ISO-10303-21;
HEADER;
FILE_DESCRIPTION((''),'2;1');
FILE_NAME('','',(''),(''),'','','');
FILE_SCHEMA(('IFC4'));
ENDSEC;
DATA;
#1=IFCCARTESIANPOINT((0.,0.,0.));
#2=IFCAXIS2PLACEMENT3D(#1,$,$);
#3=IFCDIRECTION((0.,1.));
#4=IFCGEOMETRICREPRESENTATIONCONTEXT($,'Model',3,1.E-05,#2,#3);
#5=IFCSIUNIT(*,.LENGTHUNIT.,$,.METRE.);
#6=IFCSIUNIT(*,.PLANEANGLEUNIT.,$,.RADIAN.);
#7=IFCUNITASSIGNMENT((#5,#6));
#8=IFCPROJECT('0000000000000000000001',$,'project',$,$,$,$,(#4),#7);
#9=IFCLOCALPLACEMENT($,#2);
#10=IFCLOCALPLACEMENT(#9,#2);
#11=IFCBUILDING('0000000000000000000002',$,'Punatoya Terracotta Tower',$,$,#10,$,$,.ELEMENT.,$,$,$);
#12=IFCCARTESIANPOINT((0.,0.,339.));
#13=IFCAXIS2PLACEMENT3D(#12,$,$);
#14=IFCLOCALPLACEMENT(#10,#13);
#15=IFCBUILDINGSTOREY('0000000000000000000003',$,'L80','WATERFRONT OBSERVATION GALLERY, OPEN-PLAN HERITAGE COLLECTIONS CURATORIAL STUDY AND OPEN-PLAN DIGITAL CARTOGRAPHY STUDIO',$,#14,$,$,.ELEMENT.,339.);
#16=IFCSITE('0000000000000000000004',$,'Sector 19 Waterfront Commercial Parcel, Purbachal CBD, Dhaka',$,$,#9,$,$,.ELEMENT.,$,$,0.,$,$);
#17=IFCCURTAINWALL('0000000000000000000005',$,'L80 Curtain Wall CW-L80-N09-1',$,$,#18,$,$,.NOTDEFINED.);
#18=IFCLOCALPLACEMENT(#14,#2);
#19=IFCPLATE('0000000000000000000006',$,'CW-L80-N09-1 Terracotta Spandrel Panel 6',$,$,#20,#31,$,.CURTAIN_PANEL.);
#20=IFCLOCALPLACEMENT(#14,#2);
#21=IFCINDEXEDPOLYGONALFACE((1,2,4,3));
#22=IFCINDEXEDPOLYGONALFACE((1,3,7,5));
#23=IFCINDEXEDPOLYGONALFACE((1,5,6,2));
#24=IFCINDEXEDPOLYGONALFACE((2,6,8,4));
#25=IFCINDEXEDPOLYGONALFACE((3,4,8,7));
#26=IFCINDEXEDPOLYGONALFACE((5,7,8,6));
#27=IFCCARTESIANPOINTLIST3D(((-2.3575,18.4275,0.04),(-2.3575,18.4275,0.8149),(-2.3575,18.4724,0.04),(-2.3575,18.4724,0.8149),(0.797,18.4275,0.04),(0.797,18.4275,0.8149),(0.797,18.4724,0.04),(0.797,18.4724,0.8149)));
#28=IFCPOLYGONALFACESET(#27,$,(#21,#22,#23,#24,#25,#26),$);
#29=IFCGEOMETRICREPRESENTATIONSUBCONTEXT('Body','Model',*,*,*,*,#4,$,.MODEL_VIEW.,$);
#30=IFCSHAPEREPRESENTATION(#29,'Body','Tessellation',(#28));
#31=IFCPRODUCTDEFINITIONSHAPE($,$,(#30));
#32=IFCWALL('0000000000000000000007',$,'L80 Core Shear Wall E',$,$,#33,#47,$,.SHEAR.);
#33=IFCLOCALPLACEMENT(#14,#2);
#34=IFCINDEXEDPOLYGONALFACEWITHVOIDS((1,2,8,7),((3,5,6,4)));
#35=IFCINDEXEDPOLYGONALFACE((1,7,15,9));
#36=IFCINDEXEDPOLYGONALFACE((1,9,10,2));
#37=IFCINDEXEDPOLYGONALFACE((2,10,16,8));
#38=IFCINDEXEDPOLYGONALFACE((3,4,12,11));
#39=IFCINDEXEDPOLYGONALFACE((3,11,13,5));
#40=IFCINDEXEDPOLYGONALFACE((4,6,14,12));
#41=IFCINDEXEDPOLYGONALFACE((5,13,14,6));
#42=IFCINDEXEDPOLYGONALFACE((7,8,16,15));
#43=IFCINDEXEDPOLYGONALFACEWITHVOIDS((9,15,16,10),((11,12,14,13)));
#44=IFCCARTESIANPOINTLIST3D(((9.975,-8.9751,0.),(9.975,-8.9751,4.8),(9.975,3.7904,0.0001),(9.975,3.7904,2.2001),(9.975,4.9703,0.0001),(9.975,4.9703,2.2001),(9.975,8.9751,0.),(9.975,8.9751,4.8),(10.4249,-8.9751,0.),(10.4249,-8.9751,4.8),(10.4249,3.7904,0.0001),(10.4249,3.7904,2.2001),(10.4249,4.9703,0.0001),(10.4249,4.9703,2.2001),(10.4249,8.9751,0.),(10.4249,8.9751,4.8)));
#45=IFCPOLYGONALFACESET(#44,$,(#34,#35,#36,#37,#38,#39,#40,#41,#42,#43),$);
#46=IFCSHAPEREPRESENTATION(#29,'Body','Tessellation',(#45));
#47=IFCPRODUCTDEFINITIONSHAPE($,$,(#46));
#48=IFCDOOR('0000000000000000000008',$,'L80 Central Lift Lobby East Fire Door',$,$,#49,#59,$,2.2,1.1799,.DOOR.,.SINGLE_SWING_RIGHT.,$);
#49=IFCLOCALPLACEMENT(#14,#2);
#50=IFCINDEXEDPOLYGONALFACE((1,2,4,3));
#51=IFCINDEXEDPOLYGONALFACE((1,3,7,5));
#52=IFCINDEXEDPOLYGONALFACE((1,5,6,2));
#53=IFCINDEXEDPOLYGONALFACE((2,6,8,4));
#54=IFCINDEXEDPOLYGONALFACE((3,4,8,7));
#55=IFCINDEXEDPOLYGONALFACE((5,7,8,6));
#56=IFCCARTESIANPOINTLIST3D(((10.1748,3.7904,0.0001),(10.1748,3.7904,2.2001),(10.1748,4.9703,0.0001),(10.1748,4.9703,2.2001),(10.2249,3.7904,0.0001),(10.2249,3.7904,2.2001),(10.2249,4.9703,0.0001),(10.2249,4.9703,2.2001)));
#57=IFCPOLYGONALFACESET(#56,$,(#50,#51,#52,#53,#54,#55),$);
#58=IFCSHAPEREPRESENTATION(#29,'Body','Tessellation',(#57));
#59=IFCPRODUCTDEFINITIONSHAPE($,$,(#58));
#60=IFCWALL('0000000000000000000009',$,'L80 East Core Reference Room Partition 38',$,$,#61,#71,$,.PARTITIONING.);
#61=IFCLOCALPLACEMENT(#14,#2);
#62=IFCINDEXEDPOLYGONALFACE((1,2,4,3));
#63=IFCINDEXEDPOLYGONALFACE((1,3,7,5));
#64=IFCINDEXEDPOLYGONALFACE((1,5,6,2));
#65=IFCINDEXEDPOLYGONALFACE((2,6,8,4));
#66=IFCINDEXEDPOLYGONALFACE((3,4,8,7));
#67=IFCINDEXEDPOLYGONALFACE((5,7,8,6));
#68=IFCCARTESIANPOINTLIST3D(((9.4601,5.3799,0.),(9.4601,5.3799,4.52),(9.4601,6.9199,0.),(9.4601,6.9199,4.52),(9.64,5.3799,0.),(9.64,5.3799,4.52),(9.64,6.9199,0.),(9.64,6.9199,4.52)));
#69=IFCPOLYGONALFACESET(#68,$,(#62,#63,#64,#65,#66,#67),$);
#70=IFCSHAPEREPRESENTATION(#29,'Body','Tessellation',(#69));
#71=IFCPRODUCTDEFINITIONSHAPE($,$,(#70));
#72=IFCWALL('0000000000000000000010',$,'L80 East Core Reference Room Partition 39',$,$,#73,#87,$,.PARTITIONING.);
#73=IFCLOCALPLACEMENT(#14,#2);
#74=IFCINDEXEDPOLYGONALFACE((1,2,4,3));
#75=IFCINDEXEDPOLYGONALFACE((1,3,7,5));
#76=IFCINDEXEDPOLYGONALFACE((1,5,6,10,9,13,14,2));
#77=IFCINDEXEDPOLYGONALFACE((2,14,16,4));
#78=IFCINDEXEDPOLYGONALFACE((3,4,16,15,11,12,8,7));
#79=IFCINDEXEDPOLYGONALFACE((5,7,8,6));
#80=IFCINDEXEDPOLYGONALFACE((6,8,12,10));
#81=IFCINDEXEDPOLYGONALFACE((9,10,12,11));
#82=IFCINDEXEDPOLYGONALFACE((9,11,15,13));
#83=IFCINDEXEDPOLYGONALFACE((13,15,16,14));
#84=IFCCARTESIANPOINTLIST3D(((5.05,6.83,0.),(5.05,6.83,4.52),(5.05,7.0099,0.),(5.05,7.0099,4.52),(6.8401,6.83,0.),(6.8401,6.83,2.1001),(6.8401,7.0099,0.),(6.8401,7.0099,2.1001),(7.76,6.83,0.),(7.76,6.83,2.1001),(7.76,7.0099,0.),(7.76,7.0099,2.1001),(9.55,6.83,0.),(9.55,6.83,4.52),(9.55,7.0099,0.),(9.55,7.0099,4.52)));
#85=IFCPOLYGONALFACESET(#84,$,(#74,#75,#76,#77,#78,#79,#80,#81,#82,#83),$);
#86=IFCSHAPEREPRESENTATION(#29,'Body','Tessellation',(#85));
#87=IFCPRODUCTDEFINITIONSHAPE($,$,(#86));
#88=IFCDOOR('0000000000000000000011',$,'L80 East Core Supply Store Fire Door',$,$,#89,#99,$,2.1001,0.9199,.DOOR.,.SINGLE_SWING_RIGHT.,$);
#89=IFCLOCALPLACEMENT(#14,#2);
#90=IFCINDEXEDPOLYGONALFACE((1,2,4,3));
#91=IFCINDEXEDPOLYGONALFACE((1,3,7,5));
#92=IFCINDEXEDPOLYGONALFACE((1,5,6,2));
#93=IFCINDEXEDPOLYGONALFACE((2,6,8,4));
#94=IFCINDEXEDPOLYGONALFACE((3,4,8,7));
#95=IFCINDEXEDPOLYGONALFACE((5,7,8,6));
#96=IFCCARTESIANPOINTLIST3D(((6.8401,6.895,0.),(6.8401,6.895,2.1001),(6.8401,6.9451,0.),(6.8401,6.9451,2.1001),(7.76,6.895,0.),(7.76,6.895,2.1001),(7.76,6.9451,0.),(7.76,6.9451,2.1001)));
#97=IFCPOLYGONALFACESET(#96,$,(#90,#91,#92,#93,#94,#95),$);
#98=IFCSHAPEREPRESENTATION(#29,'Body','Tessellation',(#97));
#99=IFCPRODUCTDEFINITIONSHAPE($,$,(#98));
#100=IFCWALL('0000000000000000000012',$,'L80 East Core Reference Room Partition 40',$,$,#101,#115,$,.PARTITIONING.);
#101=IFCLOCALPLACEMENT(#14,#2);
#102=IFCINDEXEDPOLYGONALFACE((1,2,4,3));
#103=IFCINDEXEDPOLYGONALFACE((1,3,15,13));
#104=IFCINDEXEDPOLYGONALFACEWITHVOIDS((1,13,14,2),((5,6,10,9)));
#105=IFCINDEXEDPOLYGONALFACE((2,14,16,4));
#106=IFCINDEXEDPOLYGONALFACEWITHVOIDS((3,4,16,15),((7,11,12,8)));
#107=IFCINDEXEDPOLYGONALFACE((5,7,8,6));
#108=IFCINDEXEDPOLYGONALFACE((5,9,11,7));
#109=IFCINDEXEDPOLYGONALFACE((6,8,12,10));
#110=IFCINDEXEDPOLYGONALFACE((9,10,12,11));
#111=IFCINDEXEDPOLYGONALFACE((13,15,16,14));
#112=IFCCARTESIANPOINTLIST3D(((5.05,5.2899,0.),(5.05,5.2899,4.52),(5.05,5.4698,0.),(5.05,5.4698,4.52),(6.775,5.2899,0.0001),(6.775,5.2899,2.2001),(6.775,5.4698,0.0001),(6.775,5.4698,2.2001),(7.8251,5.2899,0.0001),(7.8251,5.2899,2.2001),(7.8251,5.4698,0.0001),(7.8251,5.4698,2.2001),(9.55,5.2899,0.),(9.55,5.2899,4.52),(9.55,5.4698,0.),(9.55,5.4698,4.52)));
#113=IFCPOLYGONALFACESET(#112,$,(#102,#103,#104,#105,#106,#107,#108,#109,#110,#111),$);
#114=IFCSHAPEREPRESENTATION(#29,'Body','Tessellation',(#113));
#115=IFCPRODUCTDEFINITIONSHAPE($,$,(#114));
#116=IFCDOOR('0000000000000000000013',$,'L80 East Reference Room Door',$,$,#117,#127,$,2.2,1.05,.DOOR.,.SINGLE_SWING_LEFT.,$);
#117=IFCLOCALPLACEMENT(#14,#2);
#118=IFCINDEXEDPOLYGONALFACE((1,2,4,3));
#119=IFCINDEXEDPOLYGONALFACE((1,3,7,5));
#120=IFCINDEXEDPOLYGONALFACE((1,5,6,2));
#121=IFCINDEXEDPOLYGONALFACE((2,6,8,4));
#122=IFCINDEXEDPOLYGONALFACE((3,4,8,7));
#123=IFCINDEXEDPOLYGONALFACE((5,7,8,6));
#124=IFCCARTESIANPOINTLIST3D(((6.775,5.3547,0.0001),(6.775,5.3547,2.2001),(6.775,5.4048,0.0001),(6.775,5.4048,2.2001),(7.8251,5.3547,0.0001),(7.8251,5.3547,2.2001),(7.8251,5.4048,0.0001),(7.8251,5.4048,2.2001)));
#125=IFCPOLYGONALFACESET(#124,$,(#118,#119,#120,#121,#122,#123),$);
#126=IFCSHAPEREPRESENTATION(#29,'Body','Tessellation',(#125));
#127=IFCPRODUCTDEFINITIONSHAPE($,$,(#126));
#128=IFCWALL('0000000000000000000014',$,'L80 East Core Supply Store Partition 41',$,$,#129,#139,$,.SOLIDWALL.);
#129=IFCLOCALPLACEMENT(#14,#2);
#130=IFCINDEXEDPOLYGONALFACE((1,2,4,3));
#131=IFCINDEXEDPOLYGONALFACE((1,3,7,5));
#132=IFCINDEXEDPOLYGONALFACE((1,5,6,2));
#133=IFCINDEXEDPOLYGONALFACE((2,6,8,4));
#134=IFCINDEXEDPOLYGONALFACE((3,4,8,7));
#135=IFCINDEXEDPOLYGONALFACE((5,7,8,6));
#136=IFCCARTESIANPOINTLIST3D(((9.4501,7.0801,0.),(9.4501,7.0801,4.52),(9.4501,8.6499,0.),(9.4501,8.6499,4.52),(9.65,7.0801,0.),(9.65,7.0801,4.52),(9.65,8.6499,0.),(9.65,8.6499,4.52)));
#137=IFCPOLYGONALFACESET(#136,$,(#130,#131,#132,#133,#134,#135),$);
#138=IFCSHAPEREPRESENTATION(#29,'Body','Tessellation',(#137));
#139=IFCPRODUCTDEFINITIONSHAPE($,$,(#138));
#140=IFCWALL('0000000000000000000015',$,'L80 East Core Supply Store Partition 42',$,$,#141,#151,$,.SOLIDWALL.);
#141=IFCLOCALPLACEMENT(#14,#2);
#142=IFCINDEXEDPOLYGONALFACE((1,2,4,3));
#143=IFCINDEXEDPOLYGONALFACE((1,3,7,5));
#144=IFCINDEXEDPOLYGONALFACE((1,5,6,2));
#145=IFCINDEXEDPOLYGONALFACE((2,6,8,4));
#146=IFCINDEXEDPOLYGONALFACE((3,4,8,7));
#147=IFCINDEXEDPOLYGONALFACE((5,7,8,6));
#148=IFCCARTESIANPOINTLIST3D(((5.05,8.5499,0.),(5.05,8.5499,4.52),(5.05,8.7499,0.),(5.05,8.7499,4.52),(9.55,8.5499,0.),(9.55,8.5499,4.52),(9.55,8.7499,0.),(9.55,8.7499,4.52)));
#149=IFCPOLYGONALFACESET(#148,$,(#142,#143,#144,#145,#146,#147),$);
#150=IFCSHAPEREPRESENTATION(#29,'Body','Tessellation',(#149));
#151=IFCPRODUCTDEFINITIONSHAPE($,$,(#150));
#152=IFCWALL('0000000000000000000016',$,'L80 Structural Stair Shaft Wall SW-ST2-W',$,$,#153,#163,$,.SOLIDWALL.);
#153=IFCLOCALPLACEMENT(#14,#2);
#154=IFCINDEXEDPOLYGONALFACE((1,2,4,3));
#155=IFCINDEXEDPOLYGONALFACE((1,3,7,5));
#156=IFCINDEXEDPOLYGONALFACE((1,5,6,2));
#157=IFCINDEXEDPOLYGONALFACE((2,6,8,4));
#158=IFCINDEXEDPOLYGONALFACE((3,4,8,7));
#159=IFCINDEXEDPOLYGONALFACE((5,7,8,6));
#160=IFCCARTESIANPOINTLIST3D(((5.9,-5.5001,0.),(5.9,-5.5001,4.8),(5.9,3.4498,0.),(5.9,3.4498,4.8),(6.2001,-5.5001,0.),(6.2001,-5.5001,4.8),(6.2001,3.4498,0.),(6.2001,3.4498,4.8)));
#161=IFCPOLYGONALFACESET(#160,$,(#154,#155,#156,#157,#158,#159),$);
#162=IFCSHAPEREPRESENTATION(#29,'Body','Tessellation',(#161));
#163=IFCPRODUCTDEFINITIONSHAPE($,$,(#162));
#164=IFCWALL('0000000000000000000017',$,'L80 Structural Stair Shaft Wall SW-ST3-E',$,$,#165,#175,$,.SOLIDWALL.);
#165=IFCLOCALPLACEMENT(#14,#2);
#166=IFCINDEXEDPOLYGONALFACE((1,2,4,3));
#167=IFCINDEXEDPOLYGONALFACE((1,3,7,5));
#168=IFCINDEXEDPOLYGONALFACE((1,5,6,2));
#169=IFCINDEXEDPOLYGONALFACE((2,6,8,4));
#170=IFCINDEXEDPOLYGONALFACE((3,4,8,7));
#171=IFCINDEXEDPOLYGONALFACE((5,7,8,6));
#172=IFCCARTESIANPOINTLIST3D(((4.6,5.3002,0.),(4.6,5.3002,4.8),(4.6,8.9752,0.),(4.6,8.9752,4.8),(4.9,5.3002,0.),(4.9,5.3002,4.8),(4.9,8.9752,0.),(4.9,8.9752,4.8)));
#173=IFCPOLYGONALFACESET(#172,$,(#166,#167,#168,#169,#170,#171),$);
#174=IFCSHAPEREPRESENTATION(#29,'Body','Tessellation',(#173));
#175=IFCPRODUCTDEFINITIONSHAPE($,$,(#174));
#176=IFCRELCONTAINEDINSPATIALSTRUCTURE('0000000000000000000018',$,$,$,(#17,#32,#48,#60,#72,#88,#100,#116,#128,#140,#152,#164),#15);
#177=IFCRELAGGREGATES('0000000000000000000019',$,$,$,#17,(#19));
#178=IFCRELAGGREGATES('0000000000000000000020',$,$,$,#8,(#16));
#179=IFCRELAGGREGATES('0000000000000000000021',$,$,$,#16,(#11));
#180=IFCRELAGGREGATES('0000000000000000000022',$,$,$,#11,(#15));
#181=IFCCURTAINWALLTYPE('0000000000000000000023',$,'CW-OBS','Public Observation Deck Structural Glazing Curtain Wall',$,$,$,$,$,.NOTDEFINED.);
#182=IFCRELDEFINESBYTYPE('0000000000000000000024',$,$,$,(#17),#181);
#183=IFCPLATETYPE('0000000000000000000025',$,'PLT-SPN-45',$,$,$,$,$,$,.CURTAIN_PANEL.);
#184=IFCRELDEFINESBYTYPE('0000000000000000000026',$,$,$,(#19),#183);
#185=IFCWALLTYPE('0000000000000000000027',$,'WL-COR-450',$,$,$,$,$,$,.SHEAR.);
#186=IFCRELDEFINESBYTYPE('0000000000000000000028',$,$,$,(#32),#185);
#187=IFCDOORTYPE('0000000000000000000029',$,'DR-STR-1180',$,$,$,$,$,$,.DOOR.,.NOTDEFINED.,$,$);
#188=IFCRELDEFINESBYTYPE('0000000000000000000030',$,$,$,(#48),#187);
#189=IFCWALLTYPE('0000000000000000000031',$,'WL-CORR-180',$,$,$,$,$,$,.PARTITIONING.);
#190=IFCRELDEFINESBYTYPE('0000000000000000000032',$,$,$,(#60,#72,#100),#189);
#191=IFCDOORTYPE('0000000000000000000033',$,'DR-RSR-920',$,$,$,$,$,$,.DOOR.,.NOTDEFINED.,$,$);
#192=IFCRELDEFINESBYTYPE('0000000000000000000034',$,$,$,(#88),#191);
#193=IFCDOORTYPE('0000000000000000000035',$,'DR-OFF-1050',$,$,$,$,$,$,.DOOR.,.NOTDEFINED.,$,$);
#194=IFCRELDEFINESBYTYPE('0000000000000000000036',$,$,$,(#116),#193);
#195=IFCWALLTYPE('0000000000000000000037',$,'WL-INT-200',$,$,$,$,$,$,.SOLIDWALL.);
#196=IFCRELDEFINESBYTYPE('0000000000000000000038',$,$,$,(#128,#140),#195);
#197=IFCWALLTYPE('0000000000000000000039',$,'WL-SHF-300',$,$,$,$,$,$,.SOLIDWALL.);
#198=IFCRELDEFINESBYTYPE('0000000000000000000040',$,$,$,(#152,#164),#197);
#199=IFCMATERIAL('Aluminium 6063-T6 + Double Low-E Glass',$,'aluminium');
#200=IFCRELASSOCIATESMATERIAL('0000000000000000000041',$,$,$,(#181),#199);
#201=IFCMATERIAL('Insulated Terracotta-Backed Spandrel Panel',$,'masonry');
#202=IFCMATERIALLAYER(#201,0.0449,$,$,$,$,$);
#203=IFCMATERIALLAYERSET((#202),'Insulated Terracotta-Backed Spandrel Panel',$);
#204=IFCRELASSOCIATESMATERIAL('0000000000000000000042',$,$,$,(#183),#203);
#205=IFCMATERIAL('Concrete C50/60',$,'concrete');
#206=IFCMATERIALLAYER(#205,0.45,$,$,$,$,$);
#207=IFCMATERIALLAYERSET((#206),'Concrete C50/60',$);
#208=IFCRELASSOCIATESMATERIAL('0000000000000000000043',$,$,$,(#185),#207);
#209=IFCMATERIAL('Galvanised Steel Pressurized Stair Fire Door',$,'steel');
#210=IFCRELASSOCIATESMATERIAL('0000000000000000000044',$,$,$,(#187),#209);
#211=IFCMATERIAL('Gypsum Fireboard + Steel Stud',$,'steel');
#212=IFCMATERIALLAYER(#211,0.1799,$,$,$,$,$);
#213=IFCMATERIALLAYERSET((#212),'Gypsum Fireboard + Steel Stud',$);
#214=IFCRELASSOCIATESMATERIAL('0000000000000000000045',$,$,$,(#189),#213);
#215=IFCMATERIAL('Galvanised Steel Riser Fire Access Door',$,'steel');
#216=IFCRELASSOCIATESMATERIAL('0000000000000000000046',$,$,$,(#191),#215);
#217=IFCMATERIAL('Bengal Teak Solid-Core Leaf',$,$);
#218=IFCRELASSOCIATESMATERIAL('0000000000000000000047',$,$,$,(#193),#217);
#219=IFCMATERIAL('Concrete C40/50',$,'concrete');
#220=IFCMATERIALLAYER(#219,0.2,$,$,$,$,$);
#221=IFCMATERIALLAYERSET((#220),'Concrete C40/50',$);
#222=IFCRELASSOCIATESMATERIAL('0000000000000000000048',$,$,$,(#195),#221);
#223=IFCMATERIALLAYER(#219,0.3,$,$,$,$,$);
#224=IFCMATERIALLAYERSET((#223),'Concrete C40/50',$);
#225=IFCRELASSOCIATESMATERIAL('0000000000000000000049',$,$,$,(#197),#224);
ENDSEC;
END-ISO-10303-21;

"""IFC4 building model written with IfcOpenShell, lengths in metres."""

from ifc_helpers import new_model, si_unit, direction, frame, frame_2d, origin, origin_2d, place, context, subcontext, project, spatial, rectangle, extrude, material, layer, layer_set, type_object, element, fill, aggregate, save


model = new_model("IFC4")

# Units and contexts
model_context = context("Model", 3, precision=1e-05, world=origin(), true_north=direction((0.0, 1.0)))
body_context = subcontext(model_context, "Body", "Model", "MODEL_VIEW")
ifc_project = project(units=[si_unit("LENGTHUNIT", "METRE"), si_unit("PLANEANGLEUNIT", "RADIAN")], contexts=[model_context])

# Site, building, storey
site_placement = place(None, origin())
site = spatial("IfcSite", under=ifc_project, at=site_placement, Name="Sector 19 Waterfront Commercial Parcel, Purbachal CBD, Dhaka", CompositionType="ELEMENT", RefElevation=0.0)
building_placement = place(site_placement, origin())
building = spatial("IfcBuilding", under=site, at=building_placement, Name="Punatoya Terracotta Tower", CompositionType="ELEMENT")
storey_placement = place(building_placement, frame((0.0, 0.0, 339.0)))
storey = spatial("IfcBuildingStorey", under=building, at=storey_placement, Name="L80", Description="WATERFRONT OBSERVATION GALLERY, OPEN-PLAN HERITAGE COLLECTIONS CURATORIAL STUDY AND OPEN-PLAN DIGITAL CARTOGRAPHY STUDIO", CompositionType="ELEMENT", Elevation=339.0)

# Curtain wall, plate
ifc_material_1 = material(Name="Aluminium 6063-T6 + Double Low-E Glass", Category="aluminium")
curtain_wall_type = type_object("IfcCurtainWallType", Name="CW-OBS", Description="Public Observation Deck Structural Glazing Curtain Wall", PredefinedType="NOTDEFINED", material=ifc_material_1)
curtain_wall_placement = place(storey_placement, origin())
curtain_wall = element("IfcCurtainWall", 1, at=curtain_wall_placement, inside=storey, type_object=curtain_wall_type, Name="L80 Curtain Wall CW-L80-N09-1", PredefinedType="NOTDEFINED")
ifc_material_2 = material(Name="Insulated Terracotta-Backed Spandrel Panel", Category="masonry")
ifc_layer_1 = layer(ifc_material_2, 0.0449)
ifc_layer_set_1 = layer_set([ifc_layer_1], Name="Insulated Terracotta-Backed Spandrel Panel")
plate_type_1 = type_object("IfcPlateType", Name="PLT-SPN-45", PredefinedType="CURTAIN_PANEL", material=ifc_layer_set_1)
plate_1_placement = place(storey_placement, frame((-0.7803, 18.45, 0.04), z_axis=(0.0, 0.0, 1.0), x_axis=(-1.0, 0.0, 0.0)))
plate_1 = element("IfcPlate", 2, at=plate_1_placement, type_object=plate_type_1, Name="CW-L80-N09-1 Terracotta Spandrel Panel 6", PredefinedType="CURTAIN_PANEL", context=body_context, shape_type="SweptSolid", body=[
    extrude(rectangle(XDim=3.1545, YDim=0.0449, at=origin_2d()), origin(), (0.0, 0.0, 1.0), 0.7749),
])
aggregate(curtain_wall, [plate_1])

# Wall, opening, door
ifc_material_3 = material(Name="Concrete C50/60", Category="concrete")
ifc_layer_2 = layer(ifc_material_3, 0.45)
ifc_layer_set_2 = layer_set([ifc_layer_2], Name="Concrete C50/60")
wall_type_1 = type_object("IfcWallType", Name="WL-COR-450", PredefinedType="SHEAR", material=ifc_layer_set_2)
wall_1_placement = place(storey_placement, frame((10.2, 8.9751, 0.0), z_axis=(0.0, 0.0, 1.0), x_axis=(0.0, -1.0, 0.0)))
wall_1 = element("IfcWall", 3, at=wall_1_placement, inside=storey, type_object=wall_type_1, Name="L80 Core Shear Wall E", PredefinedType="SHEAR", context=body_context, shape_type="SweptSolid", body=[
    extrude(rectangle(XDim=17.9502, YDim=0.45, at=frame_2d((8.9751, 0.0))), origin(), (0.0, 0.0, 1.0), 4.8),
])
opening_1_placement = place(wall_1_placement, frame((4.0049, 0.0, 0.0)))
opening_1 = element("IfcOpeningElement", 4, at=opening_1_placement, cuts=wall_1, PredefinedType="OPENING", context=body_context, shape_type="SweptSolid", body=[
    extrude(rectangle(XDim=1.1799, YDim=2.2, at=frame_2d((0.5898, 1.1001))), frame((0.0, 0.2349, 0.0), z_axis=(0.0, -1.0, 0.0), x_axis=(1.0, 0.0, 0.0)), (0.0, 0.0, 1.0), 0.47),
])
ifc_material_4 = material(Name="Galvanised Steel Pressurized Stair Fire Door", Category="steel")
door_type_1 = type_object("IfcDoorType", Name="DR-STR-1180", OperationType="NOTDEFINED", PredefinedType="DOOR", material=ifc_material_4)
door_1_placement = place(opening_1_placement, origin())
door_1 = element("IfcDoor", 5, at=door_1_placement, inside=storey, type_object=door_type_1, Name="L80 Central Lift Lobby East Fire Door", OperationType="SINGLE_SWING_RIGHT", OverallHeight=2.2, OverallWidth=1.1799, PredefinedType="DOOR", context=body_context, shape_type="SweptSolid", body=[
    extrude(rectangle(XDim=1.1799, YDim=2.2, at=frame_2d((0.5898, 1.1001))), frame((0.0, 0.0249, 0.0), z_axis=(0.0, -1.0, 0.0), x_axis=(1.0, 0.0, 0.0)), (0.0, 0.0, 1.0), 0.05),
])
fill(opening_1, door_1)

# Wall
ifc_material_5 = material(Name="Gypsum Fireboard + Steel Stud", Category="steel")
ifc_layer_3 = layer(ifc_material_5, 0.1799)
ifc_layer_set_3 = layer_set([ifc_layer_3], Name="Gypsum Fireboard + Steel Stud")
wall_type_2 = type_object("IfcWallType", Name="WL-CORR-180", PredefinedType="PARTITIONING", material=ifc_layer_set_3)
wall_2_placement = place(storey_placement, frame((9.55, 5.3799, 0.0), z_axis=(0.0, 0.0, 1.0), x_axis=(0.0, 1.0, 0.0)))
element("IfcWall", 6, at=wall_2_placement, inside=storey, type_object=wall_type_2, Name="L80 East Core Reference Room Partition 38", PredefinedType="PARTITIONING", context=body_context, shape_type="SweptSolid", body=[
    extrude(rectangle(XDim=1.54, YDim=0.1799, at=frame_2d((0.77, 0.0))), origin(), (0.0, 0.0, 1.0), 4.52),
])

# Walls, openings, doors
wall_3_placement = place(storey_placement, frame((9.55, 6.9199, 0.0), z_axis=(0.0, 0.0, 1.0), x_axis=(-1.0, 0.0, 0.0)))
wall_3 = element("IfcWall", 7, at=wall_3_placement, inside=storey, type_object=wall_type_2, Name="L80 East Core Reference Room Partition 39", PredefinedType="PARTITIONING", context=body_context, shape_type="SweptSolid", body=[
    extrude(rectangle(XDim=4.5, YDim=0.1799, at=frame_2d((2.25, 0.0))), origin(), (0.0, 0.0, 1.0), 4.52),
])
opening_2_placement = place(wall_3_placement, frame((1.79, 0.0, 0.0)))
opening_2 = element("IfcOpeningElement", 8, at=opening_2_placement, cuts=wall_3, PredefinedType="OPENING", context=body_context, shape_type="SweptSolid", body=[
    extrude(rectangle(XDim=0.9199, YDim=2.1001, at=frame_2d((0.46, 1.05))), frame((0.0, 0.0999, 0.0), z_axis=(0.0, -1.0, 0.0), x_axis=(1.0, 0.0, 0.0)), (0.0, 0.0, 1.0), 0.2),
])
ifc_material_6 = material(Name="Galvanised Steel Riser Fire Access Door", Category="steel")
door_type_2 = type_object("IfcDoorType", Name="DR-RSR-920", OperationType="NOTDEFINED", PredefinedType="DOOR", material=ifc_material_6)
door_2_placement = place(opening_2_placement, origin())
door_2 = element("IfcDoor", 9, at=door_2_placement, inside=storey, type_object=door_type_2, Name="L80 East Core Supply Store Fire Door", OperationType="SINGLE_SWING_RIGHT", OverallHeight=2.1001, OverallWidth=0.9199, PredefinedType="DOOR", context=body_context, shape_type="SweptSolid", body=[
    extrude(rectangle(XDim=0.9199, YDim=2.1001, at=frame_2d((0.46, 1.05))), frame((0.0, 0.0249, 0.0), z_axis=(0.0, -1.0, 0.0), x_axis=(1.0, 0.0, 0.0)), (0.0, 0.0, 1.0), 0.05),
])
fill(opening_2, door_2)
wall_4_placement = place(storey_placement, frame((5.05, 5.3799, 0.0), z_axis=(0.0, 0.0, 1.0), x_axis=(1.0, 0.0, 0.0)))
wall_4 = element("IfcWall", 10, at=wall_4_placement, inside=storey, type_object=wall_type_2, Name="L80 East Core Reference Room Partition 40", PredefinedType="PARTITIONING", context=body_context, shape_type="SweptSolid", body=[
    extrude(rectangle(XDim=4.5, YDim=0.1799, at=frame_2d((2.25, 0.0))), origin(), (0.0, 0.0, 1.0), 4.52),
])
opening_3_placement = place(wall_4_placement, frame((1.7251, 0.0, 0.0)))
opening_3 = element("IfcOpeningElement", 11, at=opening_3_placement, cuts=wall_4, PredefinedType="OPENING", context=body_context, shape_type="SweptSolid", body=[
    extrude(rectangle(XDim=1.05, YDim=2.2, at=frame_2d((0.5249, 1.1001))), frame((0.0, 0.0999, 0.0), z_axis=(0.0, -1.0, 0.0), x_axis=(1.0, 0.0, 0.0)), (0.0, 0.0, 1.0), 0.2),
])
ifc_material_7 = material(Name="Bengal Teak Solid-Core Leaf")
door_type_3 = type_object("IfcDoorType", Name="DR-OFF-1050", OperationType="NOTDEFINED", PredefinedType="DOOR", material=ifc_material_7)
door_3_placement = place(opening_3_placement, origin())
door_3 = element("IfcDoor", 12, at=door_3_placement, inside=storey, type_object=door_type_3, Name="L80 East Reference Room Door", OperationType="SINGLE_SWING_LEFT", OverallHeight=2.2, OverallWidth=1.05, PredefinedType="DOOR", context=body_context, shape_type="SweptSolid", body=[
    extrude(rectangle(XDim=1.05, YDim=2.2, at=frame_2d((0.5249, 1.1001))), frame((0.0, 0.0249, 0.0), z_axis=(0.0, -1.0, 0.0), x_axis=(1.0, 0.0, 0.0)), (0.0, 0.0, 1.0), 0.05),
])
fill(opening_3, door_3)

# Walls
ifc_material_8 = material(Name="Concrete C40/50", Category="concrete")
ifc_layer_4 = layer(ifc_material_8, 0.2)
ifc_layer_set_4 = layer_set([ifc_layer_4], Name="Concrete C40/50")
wall_type_3 = type_object("IfcWallType", Name="WL-INT-200", PredefinedType="SOLIDWALL", material=ifc_layer_set_4)
wall_5_placement = place(storey_placement, frame((9.55, 7.0801, 0.0), z_axis=(0.0, 0.0, 1.0), x_axis=(0.0, 1.0, 0.0)))
element("IfcWall", 13, at=wall_5_placement, inside=storey, type_object=wall_type_3, Name="L80 East Core Supply Store Partition 41", PredefinedType="SOLIDWALL", context=body_context, shape_type="SweptSolid", body=[
    extrude(rectangle(XDim=1.5698, YDim=0.2, at=frame_2d((0.7849, 0.0))), origin(), (0.0, 0.0, 1.0), 4.52),
])
wall_6_placement = place(storey_placement, frame((9.55, 8.6499, 0.0), z_axis=(0.0, 0.0, 1.0), x_axis=(-1.0, 0.0, 0.0)))
element("IfcWall", 14, at=wall_6_placement, inside=storey, type_object=wall_type_3, Name="L80 East Core Supply Store Partition 42", PredefinedType="SOLIDWALL", context=body_context, shape_type="SweptSolid", body=[
    extrude(rectangle(XDim=4.5, YDim=0.2, at=frame_2d((2.25, 0.0))), origin(), (0.0, 0.0, 1.0), 4.52),
])
ifc_layer_5 = layer(ifc_material_8, 0.3)
ifc_layer_set_5 = layer_set([ifc_layer_5], Name="Concrete C40/50")
wall_type_4 = type_object("IfcWallType", Name="WL-SHF-300", PredefinedType="SOLIDWALL", material=ifc_layer_set_5)
wall_7_placement = place(storey_placement, frame((6.05, 3.45, 0.0), z_axis=(0.0, 0.0, 1.0), x_axis=(0.0, -1.0, 0.0)))
element("IfcWall", 15, at=wall_7_placement, inside=storey, type_object=wall_type_4, Name="L80 Structural Stair Shaft Wall SW-ST2-W", PredefinedType="SOLIDWALL", context=body_context, shape_type="SweptSolid", body=[
    extrude(rectangle(XDim=8.95, YDim=0.3, at=frame_2d((4.4751, 0.0))), origin(), (0.0, 0.0, 1.0), 4.8),
])
wall_8_placement = place(storey_placement, frame((4.75, 8.9751, 0.0), z_axis=(0.0, 0.0, 1.0), x_axis=(0.0, -1.0, 0.0)))
element("IfcWall", 16, at=wall_8_placement, inside=storey, type_object=wall_type_4, Name="L80 Structural Stair Shaft Wall SW-ST3-E", PredefinedType="SOLIDWALL", context=body_context, shape_type="SweptSolid", body=[
    extrude(rectangle(XDim=3.675, YDim=0.3, at=frame_2d((1.8374, 0.0))), origin(), (0.0, 0.0, 1.0), 4.8),
])

save(model, "model.ifc")
